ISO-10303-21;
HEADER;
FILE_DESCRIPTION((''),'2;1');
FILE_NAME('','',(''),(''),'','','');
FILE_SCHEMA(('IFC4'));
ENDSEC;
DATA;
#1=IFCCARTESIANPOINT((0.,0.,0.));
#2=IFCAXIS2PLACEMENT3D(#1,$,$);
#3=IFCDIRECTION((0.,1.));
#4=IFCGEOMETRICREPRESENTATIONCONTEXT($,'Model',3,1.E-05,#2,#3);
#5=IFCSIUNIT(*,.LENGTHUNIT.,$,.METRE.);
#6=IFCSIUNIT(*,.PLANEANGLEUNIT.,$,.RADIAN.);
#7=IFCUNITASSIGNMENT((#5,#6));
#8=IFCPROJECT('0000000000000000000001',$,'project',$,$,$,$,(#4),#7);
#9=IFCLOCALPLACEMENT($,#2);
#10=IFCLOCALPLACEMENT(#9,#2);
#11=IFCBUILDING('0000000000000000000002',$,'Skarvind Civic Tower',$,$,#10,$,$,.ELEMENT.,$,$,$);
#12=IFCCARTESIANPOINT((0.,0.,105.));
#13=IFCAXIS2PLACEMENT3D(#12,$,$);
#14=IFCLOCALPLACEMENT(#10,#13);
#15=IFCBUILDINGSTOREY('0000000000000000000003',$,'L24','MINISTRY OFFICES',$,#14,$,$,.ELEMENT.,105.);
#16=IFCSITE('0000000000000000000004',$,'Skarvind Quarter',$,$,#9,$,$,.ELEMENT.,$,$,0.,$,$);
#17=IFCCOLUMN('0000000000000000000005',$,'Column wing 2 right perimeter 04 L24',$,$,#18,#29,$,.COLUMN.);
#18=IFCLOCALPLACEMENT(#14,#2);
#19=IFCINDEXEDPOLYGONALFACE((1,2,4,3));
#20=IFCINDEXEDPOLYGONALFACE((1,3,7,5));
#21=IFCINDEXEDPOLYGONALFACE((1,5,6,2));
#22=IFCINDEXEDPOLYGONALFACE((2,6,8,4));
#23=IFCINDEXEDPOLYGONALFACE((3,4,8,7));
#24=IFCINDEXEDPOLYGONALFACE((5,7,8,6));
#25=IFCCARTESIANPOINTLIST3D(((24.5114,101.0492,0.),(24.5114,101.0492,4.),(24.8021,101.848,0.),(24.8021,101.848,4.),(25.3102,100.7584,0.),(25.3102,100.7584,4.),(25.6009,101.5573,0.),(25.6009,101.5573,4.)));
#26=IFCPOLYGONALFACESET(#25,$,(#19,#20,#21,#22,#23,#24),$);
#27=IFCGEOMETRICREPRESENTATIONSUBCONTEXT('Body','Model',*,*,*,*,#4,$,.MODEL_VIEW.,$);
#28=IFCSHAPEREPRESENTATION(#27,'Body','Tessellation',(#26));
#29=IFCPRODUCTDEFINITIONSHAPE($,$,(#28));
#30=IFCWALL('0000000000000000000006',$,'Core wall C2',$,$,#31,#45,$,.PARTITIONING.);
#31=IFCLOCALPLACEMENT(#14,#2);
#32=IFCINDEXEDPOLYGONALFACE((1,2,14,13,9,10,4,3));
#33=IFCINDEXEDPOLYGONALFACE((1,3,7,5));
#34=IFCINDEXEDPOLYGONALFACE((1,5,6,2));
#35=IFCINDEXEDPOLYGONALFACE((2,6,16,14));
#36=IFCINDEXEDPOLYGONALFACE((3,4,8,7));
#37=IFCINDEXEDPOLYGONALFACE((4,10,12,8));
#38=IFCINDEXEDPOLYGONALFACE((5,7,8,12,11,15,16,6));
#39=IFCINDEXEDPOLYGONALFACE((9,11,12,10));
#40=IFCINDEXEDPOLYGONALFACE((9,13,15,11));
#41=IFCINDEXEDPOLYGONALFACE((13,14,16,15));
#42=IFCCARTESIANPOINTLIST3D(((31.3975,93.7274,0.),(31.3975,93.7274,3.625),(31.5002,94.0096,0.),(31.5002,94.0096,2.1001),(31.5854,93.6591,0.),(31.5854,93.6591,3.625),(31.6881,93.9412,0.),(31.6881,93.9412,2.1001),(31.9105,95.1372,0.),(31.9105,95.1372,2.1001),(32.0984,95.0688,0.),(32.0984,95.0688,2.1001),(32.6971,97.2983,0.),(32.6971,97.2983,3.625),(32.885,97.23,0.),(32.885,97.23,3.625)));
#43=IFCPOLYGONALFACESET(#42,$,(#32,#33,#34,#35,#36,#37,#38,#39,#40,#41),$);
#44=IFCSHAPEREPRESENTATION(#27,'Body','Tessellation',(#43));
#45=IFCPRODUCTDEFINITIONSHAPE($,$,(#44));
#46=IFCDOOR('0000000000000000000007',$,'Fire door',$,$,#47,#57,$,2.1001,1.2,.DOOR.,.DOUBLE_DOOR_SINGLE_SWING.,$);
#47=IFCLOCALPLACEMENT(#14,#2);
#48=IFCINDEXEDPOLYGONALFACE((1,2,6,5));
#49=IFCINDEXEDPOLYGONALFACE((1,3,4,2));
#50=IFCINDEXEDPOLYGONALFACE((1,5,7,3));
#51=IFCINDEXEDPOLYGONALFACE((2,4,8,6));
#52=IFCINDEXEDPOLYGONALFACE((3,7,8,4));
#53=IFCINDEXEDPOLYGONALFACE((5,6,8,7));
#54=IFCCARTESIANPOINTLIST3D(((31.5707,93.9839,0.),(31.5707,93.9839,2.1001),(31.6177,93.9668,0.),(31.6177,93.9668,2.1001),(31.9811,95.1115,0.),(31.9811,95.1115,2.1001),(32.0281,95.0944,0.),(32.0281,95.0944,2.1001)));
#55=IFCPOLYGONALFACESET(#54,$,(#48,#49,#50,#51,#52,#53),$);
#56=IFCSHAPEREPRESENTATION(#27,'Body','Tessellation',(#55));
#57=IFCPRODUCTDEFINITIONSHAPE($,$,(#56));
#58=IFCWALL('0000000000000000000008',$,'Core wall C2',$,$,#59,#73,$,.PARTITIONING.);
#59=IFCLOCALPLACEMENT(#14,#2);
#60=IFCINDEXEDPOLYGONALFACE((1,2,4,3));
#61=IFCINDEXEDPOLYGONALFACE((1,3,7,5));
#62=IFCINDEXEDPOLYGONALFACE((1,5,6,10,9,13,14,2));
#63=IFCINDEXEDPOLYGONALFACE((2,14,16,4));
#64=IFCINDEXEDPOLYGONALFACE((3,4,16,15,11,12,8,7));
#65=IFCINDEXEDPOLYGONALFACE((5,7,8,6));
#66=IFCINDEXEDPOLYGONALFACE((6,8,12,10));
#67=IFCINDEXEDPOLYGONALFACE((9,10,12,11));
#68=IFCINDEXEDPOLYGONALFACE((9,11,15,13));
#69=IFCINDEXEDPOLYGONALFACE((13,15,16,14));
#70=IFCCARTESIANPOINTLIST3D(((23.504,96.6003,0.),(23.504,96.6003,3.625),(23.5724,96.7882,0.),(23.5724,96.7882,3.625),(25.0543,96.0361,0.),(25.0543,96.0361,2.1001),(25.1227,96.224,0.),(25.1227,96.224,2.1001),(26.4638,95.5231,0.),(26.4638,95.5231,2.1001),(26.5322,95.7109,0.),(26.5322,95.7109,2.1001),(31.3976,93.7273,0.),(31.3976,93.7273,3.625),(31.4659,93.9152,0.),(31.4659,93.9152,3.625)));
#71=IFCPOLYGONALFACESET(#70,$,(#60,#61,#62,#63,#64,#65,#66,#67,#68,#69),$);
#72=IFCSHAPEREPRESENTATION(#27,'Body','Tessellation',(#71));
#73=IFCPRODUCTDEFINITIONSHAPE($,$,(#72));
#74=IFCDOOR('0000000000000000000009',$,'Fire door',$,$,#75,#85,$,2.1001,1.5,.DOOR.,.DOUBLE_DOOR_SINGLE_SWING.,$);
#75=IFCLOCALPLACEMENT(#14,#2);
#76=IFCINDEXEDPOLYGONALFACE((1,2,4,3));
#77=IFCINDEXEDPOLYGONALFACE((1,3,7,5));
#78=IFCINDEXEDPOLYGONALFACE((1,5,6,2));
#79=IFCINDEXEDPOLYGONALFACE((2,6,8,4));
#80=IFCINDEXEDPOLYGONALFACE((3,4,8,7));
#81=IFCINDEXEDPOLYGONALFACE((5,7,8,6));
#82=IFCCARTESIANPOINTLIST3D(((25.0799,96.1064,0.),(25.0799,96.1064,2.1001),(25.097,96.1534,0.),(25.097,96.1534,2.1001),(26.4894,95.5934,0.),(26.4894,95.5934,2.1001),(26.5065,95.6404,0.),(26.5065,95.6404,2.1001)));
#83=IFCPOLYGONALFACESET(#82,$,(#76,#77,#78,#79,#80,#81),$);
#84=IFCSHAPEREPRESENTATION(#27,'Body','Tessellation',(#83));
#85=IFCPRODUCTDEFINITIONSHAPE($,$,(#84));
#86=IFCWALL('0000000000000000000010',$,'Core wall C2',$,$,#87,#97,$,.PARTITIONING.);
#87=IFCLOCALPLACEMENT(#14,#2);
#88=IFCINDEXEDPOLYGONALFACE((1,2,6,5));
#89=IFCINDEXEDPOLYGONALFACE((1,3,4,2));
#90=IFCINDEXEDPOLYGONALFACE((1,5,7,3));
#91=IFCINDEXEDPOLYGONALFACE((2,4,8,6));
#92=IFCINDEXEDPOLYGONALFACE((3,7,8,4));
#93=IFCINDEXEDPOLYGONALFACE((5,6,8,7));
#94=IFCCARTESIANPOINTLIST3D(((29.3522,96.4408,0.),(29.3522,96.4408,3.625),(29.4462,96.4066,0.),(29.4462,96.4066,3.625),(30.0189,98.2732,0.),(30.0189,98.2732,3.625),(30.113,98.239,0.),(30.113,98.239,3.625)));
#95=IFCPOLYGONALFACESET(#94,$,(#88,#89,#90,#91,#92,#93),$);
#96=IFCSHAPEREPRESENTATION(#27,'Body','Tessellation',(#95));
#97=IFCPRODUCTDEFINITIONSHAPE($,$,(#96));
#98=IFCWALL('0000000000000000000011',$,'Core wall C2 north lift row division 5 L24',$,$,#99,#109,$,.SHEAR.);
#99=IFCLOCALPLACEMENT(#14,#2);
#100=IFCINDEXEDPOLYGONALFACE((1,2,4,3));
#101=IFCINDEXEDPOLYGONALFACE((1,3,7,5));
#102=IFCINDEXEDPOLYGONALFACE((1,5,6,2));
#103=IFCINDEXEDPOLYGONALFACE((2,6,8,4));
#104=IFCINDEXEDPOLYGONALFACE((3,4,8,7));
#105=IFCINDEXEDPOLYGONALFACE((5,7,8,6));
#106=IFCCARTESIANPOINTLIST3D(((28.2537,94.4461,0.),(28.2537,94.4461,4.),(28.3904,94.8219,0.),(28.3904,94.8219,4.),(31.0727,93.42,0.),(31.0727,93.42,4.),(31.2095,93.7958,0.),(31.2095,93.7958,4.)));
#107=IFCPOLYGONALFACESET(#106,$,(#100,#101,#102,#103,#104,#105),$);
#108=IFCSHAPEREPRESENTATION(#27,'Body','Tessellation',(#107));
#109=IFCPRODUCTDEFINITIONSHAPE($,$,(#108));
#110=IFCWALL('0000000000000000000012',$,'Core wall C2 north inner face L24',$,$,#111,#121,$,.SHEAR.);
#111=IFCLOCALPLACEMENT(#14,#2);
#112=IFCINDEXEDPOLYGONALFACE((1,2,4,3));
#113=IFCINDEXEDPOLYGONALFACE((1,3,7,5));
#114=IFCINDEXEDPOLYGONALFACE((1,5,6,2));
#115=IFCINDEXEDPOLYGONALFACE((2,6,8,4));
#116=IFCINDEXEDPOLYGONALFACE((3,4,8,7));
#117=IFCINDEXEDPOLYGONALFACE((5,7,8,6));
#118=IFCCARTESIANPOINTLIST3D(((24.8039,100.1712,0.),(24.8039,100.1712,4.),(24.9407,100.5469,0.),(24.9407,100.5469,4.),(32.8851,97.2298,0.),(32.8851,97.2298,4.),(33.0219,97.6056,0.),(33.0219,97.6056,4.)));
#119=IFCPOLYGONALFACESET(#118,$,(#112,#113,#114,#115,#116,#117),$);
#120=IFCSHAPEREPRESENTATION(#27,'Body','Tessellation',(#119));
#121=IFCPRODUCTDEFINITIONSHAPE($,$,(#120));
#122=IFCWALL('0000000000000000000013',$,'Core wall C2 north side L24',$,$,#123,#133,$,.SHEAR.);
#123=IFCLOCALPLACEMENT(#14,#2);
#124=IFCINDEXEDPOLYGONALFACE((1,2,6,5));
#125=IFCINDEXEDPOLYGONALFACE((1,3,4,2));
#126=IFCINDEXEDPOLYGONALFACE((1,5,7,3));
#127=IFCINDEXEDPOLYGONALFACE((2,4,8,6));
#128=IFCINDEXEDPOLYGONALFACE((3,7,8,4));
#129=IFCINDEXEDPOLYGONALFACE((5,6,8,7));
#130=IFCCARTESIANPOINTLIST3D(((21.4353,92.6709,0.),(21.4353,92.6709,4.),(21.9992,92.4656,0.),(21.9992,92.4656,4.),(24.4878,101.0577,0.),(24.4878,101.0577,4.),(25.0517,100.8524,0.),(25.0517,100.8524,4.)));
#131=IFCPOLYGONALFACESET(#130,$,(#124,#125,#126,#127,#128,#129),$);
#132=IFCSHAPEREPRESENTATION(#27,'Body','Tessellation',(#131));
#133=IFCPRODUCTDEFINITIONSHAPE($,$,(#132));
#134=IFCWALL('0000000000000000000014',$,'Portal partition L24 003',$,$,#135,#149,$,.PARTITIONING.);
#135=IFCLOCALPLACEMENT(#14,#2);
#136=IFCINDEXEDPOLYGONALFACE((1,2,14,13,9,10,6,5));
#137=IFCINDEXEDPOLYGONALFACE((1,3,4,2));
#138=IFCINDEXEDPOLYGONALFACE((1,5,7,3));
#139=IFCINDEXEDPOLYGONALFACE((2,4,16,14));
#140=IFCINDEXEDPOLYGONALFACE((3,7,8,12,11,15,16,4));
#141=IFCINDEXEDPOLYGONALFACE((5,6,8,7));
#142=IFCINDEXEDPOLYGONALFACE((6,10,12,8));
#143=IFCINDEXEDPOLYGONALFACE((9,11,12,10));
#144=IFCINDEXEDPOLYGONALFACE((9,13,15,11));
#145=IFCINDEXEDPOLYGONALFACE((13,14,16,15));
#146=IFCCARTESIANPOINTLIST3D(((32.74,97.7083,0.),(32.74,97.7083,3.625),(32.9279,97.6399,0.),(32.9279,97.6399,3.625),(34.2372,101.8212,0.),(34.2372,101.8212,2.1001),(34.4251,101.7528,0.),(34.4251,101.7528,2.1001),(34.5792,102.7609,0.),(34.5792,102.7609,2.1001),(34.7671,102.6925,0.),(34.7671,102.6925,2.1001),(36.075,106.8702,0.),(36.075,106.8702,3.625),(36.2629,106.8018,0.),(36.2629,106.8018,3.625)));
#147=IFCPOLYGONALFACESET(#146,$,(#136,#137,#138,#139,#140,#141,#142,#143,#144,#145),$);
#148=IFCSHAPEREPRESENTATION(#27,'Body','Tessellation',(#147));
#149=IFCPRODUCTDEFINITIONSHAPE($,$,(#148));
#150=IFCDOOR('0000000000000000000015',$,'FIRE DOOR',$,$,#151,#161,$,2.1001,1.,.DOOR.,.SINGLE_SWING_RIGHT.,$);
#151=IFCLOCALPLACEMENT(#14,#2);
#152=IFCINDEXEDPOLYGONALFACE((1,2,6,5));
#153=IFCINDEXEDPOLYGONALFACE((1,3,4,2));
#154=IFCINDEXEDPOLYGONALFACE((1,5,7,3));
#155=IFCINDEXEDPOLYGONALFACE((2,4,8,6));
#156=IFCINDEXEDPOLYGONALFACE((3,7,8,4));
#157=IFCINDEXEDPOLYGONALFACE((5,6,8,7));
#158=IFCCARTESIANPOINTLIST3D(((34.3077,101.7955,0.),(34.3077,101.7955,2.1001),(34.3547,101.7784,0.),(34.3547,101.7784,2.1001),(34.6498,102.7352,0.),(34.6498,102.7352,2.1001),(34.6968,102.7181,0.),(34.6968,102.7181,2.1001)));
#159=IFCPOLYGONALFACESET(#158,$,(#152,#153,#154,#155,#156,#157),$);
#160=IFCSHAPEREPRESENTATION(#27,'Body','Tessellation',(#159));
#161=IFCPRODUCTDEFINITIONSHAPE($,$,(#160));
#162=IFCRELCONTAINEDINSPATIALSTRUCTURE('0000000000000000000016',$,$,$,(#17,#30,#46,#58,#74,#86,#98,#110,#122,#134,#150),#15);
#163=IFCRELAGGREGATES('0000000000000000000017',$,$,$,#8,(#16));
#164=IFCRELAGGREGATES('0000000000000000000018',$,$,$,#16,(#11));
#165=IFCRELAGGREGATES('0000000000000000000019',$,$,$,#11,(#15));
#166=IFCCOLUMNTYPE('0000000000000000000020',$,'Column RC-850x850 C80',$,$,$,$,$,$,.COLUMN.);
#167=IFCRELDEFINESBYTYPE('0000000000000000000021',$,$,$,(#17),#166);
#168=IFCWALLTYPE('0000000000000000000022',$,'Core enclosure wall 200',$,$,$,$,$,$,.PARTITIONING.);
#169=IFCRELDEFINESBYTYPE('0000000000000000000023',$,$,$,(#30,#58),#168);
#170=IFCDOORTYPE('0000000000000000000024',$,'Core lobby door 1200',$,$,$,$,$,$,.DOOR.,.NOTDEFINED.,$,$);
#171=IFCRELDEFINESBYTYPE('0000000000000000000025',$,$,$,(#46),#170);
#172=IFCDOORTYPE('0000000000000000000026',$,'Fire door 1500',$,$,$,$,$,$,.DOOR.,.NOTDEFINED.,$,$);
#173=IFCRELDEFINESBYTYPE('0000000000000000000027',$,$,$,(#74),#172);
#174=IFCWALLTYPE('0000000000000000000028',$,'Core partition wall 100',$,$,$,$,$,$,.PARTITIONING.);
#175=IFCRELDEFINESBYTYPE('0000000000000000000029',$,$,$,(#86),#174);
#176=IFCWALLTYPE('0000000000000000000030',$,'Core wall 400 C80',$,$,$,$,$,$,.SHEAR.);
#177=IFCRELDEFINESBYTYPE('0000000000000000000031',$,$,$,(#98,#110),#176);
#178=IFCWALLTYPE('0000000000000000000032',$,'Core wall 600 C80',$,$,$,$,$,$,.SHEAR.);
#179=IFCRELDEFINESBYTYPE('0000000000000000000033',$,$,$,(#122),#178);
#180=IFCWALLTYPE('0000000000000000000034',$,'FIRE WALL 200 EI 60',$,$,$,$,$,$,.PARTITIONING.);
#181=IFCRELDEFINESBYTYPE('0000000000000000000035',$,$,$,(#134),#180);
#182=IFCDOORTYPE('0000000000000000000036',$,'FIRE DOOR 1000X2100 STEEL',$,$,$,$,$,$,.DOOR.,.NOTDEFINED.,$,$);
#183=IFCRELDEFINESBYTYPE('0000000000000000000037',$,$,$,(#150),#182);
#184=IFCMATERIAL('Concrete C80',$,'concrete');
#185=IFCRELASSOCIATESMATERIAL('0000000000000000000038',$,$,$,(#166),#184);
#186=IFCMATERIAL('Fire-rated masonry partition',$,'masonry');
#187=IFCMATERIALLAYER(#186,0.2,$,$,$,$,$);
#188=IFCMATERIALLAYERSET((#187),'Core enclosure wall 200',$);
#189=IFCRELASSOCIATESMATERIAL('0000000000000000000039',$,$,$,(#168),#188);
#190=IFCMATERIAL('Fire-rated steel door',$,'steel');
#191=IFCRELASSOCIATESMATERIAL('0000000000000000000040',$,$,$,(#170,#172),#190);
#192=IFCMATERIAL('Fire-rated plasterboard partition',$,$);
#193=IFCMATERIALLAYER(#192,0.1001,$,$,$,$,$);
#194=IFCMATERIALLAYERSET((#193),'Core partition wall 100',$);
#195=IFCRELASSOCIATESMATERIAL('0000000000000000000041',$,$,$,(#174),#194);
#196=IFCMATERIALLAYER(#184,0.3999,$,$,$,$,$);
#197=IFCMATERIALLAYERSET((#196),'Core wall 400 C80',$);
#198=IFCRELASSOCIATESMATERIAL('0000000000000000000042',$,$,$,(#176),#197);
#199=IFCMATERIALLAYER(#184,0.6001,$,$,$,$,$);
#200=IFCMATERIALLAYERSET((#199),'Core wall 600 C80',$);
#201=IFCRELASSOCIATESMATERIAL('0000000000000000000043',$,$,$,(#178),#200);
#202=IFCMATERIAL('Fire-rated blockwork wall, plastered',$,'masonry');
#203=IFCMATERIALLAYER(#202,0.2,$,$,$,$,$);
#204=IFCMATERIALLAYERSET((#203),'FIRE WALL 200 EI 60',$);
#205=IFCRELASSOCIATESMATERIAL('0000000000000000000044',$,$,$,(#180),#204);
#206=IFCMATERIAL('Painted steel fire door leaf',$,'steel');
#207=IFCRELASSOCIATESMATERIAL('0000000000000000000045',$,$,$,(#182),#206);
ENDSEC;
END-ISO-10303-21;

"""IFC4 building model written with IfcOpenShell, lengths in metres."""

from ifc_helpers import new_model, si_unit, direction, frame, frame_2d, origin, origin_2d, place, context, subcontext, project, spatial, rectangle, extrude, material, layer, layer_set, material_profile, profile_set, type_object, element, fill, save


model = new_model("IFC4")

# Units and contexts
model_context = context("Model", 3, precision=1e-05, world=origin(), true_north=direction((0.0, 1.0)))
body_context = subcontext(model_context, "Body", "Model", "MODEL_VIEW")
ifc_project = project(units=[si_unit("LENGTHUNIT", "METRE"), si_unit("PLANEANGLEUNIT", "RADIAN")], contexts=[model_context])

# Site, building, storey
site_placement = place(None, origin())
site = spatial("IfcSite", under=ifc_project, at=site_placement, Name="Skarvind Quarter", CompositionType="ELEMENT", RefElevation=0.0)
building_placement = place(site_placement, origin())
building = spatial("IfcBuilding", under=site, at=building_placement, Name="Skarvind Civic Tower", CompositionType="ELEMENT")
storey_placement = place(building_placement, frame((0.0, 0.0, 105.0)))
storey = spatial("IfcBuildingStorey", under=building, at=storey_placement, Name="L24", Description="MINISTRY OFFICES", CompositionType="ELEMENT", Elevation=105.0)

# Column
ifc_material_1 = material(Name="Concrete C80", Category="concrete")
ifc_material_profile = material_profile(ifc_material_1, rectangle(XDim=0.8501, YDim=0.8501, at=origin_2d()), Name="RC-850x850")
ifc_profile_set = profile_set([ifc_material_profile], Name="Concrete C80")
column_type = type_object("IfcColumnType", Name="Column RC-850x850 C80", PredefinedType="COLUMN", material=ifc_profile_set)
column_placement = place(storey_placement, frame((25.0562, 101.3032, 0.0), z_axis=(0.0, 0.0, 1.0), x_axis=(-0.34202, -0.939693, 0.0)))
element("IfcColumn", 1, at=column_placement, inside=storey, type_object=column_type, Name="Column wing 2 right perimeter 04 L24", PredefinedType="COLUMN", context=body_context, shape_type="SweptSolid", body=[
    extrude(rectangle(XDim=0.8501, YDim=0.8501, at=origin_2d()), origin(), (0.0, 0.0, 1.0), 4.0),
])

# Walls, openings, doors
ifc_material_2 = material(Name="Fire-rated masonry partition", Category="masonry")
ifc_layer_1 = layer(ifc_material_2, 0.2)
ifc_layer_set_1 = layer_set([ifc_layer_1], Name="Core enclosure wall 200")
wall_type_1 = type_object("IfcWallType", Name="Core enclosure wall 200", PredefinedType="PARTITIONING", material=ifc_layer_set_1)
wall_1_placement = place(storey_placement, frame((31.4915, 93.6934, 0.0), z_axis=(0.0, 0.0, 1.0), x_axis=(0.341996, 0.939701, 0.0)))
wall_1 = element("IfcWall", 2, at=wall_1_placement, inside=storey, type_object=wall_type_1, Name="Core wall C2", PredefinedType="PARTITIONING", context=body_context, shape_type="SweptSolid", body=[
    extrude(rectangle(XDim=3.8, YDim=0.2, at=frame_2d((1.8999, 0.0))), origin(), (0.0, 0.0, 1.0), 3.625),
])
opening_1_placement = place(wall_1_placement, frame((0.3, 0.0, 0.0)))
opening_1 = element("IfcOpeningElement", 3, at=opening_1_placement, cuts=wall_1, PredefinedType="OPENING", context=body_context, shape_type="SweptSolid", body=[
    extrude(rectangle(XDim=1.2, YDim=2.1001, at=frame_2d((0.6001, 1.05))), frame((0.0, 0.1099, 0.0), z_axis=(0.0, -1.0, 0.0), x_axis=(1.0, 0.0, 0.0)), (0.0, 0.0, 1.0), 0.22),
])
ifc_material_3 = material(Name="Fire-rated steel door", Category="steel")
door_type_1 = type_object("IfcDoorType", Name="Core lobby door 1200", OperationType="NOTDEFINED", PredefinedType="DOOR", material=ifc_material_3)
door_1_placement = place(opening_1_placement, origin())
door_1 = element("IfcDoor", 4, at=door_1_placement, inside=storey, type_object=door_type_1, Name="Fire door", OperationType="DOUBLE_DOOR_SINGLE_SWING", OverallHeight=2.1001, OverallWidth=1.2, PredefinedType="DOOR", context=body_context, shape_type="SweptSolid", body=[
    extrude(rectangle(XDim=1.2, YDim=2.1001, at=frame_2d((0.6001, 1.05))), frame((0.0, 0.0249, 0.0), z_axis=(0.0, -1.0, 0.0), x_axis=(1.0, 0.0, 0.0)), (0.0, 0.0, 1.0), 0.05),
])
fill(opening_1, door_1)
wall_2_placement = place(storey_placement, frame((23.5381, 96.6943, 0.0), z_axis=(0.0, 0.0, 1.0), x_axis=(0.939692, -0.342023, 0.0)))
wall_2 = element("IfcWall", 5, at=wall_2_placement, inside=storey, type_object=wall_type_1, Name="Core wall C2", PredefinedType="PARTITIONING", context=body_context, shape_type="SweptSolid", body=[
    extrude(rectangle(XDim=8.4001, YDim=0.2, at=frame_2d((4.2002, 0.0))), origin(), (0.0, 0.0, 1.0), 3.625),
])
opening_2_placement = place(wall_2_placement, frame((1.6499, 0.0, 0.0)))
opening_2 = element("IfcOpeningElement", 6, at=opening_2_placement, cuts=wall_2, PredefinedType="OPENING", context=body_context, shape_type="SweptSolid", body=[
    extrude(rectangle(XDim=1.5, YDim=2.1001, at=frame_2d((0.75, 1.05))), frame((0.0, 0.1099, 0.0), z_axis=(0.0, -1.0, 0.0), x_axis=(1.0, 0.0, 0.0)), (0.0, 0.0, 1.0), 0.22),
])
door_type_2 = type_object("IfcDoorType", Name="Fire door 1500", OperationType="NOTDEFINED", PredefinedType="DOOR", material=ifc_material_3)
door_2_placement = place(opening_2_placement, origin())
door_2 = element("IfcDoor", 7, at=door_2_placement, inside=storey, type_object=door_type_2, Name="Fire door", OperationType="DOUBLE_DOOR_SINGLE_SWING", OverallHeight=2.1001, OverallWidth=1.5, PredefinedType="DOOR", context=body_context, shape_type="SweptSolid", body=[
    extrude(rectangle(XDim=1.5, YDim=2.1001, at=frame_2d((0.75, 1.05))), frame((0.0, 0.0249, 0.0), z_axis=(0.0, -1.0, 0.0), x_axis=(1.0, 0.0, 0.0)), (0.0, 0.0, 1.0), 0.05),
])
fill(opening_2, door_2)

# Walls
ifc_material_4 = material(Name="Fire-rated plasterboard partition")
ifc_layer_2 = layer(ifc_material_4, 0.1001)
ifc_layer_set_2 = layer_set([ifc_layer_2], Name="Core partition wall 100")
wall_type_2 = type_object("IfcWallType", Name="Core partition wall 100", PredefinedType="PARTITIONING", material=ifc_layer_set_2)
wall_3_placement = place(storey_placement, frame((29.3992, 96.4236, 0.0), z_axis=(0.0, 0.0, 1.0), x_axis=(0.341914, 0.939731, 0.0)))
element("IfcWall", 8, at=wall_3_placement, inside=storey, type_object=wall_type_2, Name="Core wall C2", PredefinedType="PARTITIONING", context=body_context, shape_type="SweptSolid", body=[
    extrude(rectangle(XDim=1.95, YDim=0.1001, at=frame_2d((0.9751, 0.0))), origin(), (0.0, 0.0, 1.0), 3.625),
])
ifc_layer_3 = layer(ifc_material_1, 0.3999)
ifc_layer_set_3 = layer_set([ifc_layer_3], Name="Core wall 400 C80")
wall_type_3 = type_object("IfcWallType", Name="Core wall 400 C80", PredefinedType="SHEAR", material=ifc_layer_set_3)
wall_4_placement = place(storey_placement, frame((31.1411, 93.6079, 0.0), z_axis=(0.0, 0.0, 1.0), x_axis=(-0.939686, 0.342037, 0.0)))
element("IfcWall", 9, at=wall_4_placement, inside=storey, type_object=wall_type_3, Name="Core wall C2 north lift row division 5 L24", PredefinedType="SHEAR", context=body_context, shape_type="SweptSolid", body=[
    extrude(rectangle(XDim=3.0, YDim=0.3999, at=frame_2d((1.5, 0.0))), origin(), (0.0, 0.0, 1.0), 4.0),
])
wall_5_placement = place(storey_placement, frame((32.9534, 97.4177, 0.0), z_axis=(0.0, 0.0, 1.0), x_axis=(-0.939691, 0.342026, 0.0)))
element("IfcWall", 10, at=wall_5_placement, inside=storey, type_object=wall_type_3, Name="Core wall C2 north inner face L24", PredefinedType="SHEAR", context=body_context, shape_type="SweptSolid", body=[
    extrude(rectangle(XDim=8.5999, YDim=0.3999, at=frame_2d((4.2998, 0.0))), origin(), (0.0, 0.0, 1.0), 4.0),
])
ifc_layer_4 = layer(ifc_material_1, 0.6001)
ifc_layer_set_4 = layer_set([ifc_layer_4], Name="Core wall 600 C80")
wall_type_4 = type_object("IfcWallType", Name="Core wall 600 C80", PredefinedType="SHEAR", material=ifc_layer_set_4)
wall_6_placement = place(storey_placement, frame((21.7173, 92.5684, 0.0), z_axis=(0.0, 0.0, 1.0), x_axis=(0.342018, 0.939694, 0.0)))
element("IfcWall", 11, at=wall_6_placement, inside=storey, type_object=wall_type_4, Name="Core wall C2 north side L24", PredefinedType="SHEAR", context=body_context, shape_type="SweptSolid", body=[
    extrude(rectangle(XDim=8.925, YDim=0.6001, at=frame_2d((4.4624, 0.0))), origin(), (0.0, 0.0, 1.0), 4.0),
])

# Wall, opening, door
ifc_material_5 = material(Name="Fire-rated blockwork wall, plastered", Category="masonry")
ifc_layer_5 = layer(ifc_material_5, 0.2)
ifc_layer_set_5 = layer_set([ifc_layer_5], Name="FIRE WALL 200 EI 60")
wall_type_5 = type_object("IfcWallType", Name="FIRE WALL 200 EI 60", PredefinedType="PARTITIONING", material=ifc_layer_set_5)
wall_7_placement = place(storey_placement, frame((32.834, 97.6741, 0.0), z_axis=(0.0, 0.0, 1.0), x_axis=(0.342049, 0.939682, 0.0)))
wall_7 = element("IfcWall", 12, at=wall_7_placement, inside=storey, type_object=wall_type_5, Name="Portal partition L24 003", PredefinedType="PARTITIONING", context=body_context, shape_type="SweptSolid", body=[
    extrude(rectangle(XDim=9.75, YDim=0.2, at=frame_2d((4.875, 0.0))), origin(), (0.0, 0.0, 1.0), 3.625),
])
opening_3_placement = place(wall_7_placement, frame((4.377, 0.0, 0.0)))
opening_3 = element("IfcOpeningElement", 13, at=opening_3_placement, cuts=wall_7, PredefinedType="OPENING", context=body_context, shape_type="SweptSolid", body=[
    extrude(rectangle(XDim=1.0, YDim=2.1001, at=frame_2d((0.5, 1.05))), frame((0.0, 0.1099, 0.0), z_axis=(0.0, -1.0, 0.0), x_axis=(1.0, 0.0, 0.0)), (0.0, 0.0, 1.0), 0.22),
])
ifc_material_6 = material(Name="Painted steel fire door leaf", Category="steel")
door_type_3 = type_object("IfcDoorType", Name="FIRE DOOR 1000X2100 STEEL", OperationType="NOTDEFINED", PredefinedType="DOOR", material=ifc_material_6)
door_3_placement = place(opening_3_placement, origin())
door_3 = element("IfcDoor", 14, at=door_3_placement, inside=storey, type_object=door_type_3, Name="FIRE DOOR", OperationType="SINGLE_SWING_RIGHT", OverallHeight=2.1001, OverallWidth=1.0, PredefinedType="DOOR", context=body_context, shape_type="SweptSolid", body=[
    extrude(rectangle(XDim=1.0, YDim=2.1001, at=frame_2d((0.5, 1.05))), frame((0.0, 0.0249, 0.0), z_axis=(0.0, -1.0, 0.0), x_axis=(1.0, 0.0, 0.0)), (0.0, 0.0, 1.0), 0.05),
])
fill(opening_3, door_3)

save(model, "model.ifc")
